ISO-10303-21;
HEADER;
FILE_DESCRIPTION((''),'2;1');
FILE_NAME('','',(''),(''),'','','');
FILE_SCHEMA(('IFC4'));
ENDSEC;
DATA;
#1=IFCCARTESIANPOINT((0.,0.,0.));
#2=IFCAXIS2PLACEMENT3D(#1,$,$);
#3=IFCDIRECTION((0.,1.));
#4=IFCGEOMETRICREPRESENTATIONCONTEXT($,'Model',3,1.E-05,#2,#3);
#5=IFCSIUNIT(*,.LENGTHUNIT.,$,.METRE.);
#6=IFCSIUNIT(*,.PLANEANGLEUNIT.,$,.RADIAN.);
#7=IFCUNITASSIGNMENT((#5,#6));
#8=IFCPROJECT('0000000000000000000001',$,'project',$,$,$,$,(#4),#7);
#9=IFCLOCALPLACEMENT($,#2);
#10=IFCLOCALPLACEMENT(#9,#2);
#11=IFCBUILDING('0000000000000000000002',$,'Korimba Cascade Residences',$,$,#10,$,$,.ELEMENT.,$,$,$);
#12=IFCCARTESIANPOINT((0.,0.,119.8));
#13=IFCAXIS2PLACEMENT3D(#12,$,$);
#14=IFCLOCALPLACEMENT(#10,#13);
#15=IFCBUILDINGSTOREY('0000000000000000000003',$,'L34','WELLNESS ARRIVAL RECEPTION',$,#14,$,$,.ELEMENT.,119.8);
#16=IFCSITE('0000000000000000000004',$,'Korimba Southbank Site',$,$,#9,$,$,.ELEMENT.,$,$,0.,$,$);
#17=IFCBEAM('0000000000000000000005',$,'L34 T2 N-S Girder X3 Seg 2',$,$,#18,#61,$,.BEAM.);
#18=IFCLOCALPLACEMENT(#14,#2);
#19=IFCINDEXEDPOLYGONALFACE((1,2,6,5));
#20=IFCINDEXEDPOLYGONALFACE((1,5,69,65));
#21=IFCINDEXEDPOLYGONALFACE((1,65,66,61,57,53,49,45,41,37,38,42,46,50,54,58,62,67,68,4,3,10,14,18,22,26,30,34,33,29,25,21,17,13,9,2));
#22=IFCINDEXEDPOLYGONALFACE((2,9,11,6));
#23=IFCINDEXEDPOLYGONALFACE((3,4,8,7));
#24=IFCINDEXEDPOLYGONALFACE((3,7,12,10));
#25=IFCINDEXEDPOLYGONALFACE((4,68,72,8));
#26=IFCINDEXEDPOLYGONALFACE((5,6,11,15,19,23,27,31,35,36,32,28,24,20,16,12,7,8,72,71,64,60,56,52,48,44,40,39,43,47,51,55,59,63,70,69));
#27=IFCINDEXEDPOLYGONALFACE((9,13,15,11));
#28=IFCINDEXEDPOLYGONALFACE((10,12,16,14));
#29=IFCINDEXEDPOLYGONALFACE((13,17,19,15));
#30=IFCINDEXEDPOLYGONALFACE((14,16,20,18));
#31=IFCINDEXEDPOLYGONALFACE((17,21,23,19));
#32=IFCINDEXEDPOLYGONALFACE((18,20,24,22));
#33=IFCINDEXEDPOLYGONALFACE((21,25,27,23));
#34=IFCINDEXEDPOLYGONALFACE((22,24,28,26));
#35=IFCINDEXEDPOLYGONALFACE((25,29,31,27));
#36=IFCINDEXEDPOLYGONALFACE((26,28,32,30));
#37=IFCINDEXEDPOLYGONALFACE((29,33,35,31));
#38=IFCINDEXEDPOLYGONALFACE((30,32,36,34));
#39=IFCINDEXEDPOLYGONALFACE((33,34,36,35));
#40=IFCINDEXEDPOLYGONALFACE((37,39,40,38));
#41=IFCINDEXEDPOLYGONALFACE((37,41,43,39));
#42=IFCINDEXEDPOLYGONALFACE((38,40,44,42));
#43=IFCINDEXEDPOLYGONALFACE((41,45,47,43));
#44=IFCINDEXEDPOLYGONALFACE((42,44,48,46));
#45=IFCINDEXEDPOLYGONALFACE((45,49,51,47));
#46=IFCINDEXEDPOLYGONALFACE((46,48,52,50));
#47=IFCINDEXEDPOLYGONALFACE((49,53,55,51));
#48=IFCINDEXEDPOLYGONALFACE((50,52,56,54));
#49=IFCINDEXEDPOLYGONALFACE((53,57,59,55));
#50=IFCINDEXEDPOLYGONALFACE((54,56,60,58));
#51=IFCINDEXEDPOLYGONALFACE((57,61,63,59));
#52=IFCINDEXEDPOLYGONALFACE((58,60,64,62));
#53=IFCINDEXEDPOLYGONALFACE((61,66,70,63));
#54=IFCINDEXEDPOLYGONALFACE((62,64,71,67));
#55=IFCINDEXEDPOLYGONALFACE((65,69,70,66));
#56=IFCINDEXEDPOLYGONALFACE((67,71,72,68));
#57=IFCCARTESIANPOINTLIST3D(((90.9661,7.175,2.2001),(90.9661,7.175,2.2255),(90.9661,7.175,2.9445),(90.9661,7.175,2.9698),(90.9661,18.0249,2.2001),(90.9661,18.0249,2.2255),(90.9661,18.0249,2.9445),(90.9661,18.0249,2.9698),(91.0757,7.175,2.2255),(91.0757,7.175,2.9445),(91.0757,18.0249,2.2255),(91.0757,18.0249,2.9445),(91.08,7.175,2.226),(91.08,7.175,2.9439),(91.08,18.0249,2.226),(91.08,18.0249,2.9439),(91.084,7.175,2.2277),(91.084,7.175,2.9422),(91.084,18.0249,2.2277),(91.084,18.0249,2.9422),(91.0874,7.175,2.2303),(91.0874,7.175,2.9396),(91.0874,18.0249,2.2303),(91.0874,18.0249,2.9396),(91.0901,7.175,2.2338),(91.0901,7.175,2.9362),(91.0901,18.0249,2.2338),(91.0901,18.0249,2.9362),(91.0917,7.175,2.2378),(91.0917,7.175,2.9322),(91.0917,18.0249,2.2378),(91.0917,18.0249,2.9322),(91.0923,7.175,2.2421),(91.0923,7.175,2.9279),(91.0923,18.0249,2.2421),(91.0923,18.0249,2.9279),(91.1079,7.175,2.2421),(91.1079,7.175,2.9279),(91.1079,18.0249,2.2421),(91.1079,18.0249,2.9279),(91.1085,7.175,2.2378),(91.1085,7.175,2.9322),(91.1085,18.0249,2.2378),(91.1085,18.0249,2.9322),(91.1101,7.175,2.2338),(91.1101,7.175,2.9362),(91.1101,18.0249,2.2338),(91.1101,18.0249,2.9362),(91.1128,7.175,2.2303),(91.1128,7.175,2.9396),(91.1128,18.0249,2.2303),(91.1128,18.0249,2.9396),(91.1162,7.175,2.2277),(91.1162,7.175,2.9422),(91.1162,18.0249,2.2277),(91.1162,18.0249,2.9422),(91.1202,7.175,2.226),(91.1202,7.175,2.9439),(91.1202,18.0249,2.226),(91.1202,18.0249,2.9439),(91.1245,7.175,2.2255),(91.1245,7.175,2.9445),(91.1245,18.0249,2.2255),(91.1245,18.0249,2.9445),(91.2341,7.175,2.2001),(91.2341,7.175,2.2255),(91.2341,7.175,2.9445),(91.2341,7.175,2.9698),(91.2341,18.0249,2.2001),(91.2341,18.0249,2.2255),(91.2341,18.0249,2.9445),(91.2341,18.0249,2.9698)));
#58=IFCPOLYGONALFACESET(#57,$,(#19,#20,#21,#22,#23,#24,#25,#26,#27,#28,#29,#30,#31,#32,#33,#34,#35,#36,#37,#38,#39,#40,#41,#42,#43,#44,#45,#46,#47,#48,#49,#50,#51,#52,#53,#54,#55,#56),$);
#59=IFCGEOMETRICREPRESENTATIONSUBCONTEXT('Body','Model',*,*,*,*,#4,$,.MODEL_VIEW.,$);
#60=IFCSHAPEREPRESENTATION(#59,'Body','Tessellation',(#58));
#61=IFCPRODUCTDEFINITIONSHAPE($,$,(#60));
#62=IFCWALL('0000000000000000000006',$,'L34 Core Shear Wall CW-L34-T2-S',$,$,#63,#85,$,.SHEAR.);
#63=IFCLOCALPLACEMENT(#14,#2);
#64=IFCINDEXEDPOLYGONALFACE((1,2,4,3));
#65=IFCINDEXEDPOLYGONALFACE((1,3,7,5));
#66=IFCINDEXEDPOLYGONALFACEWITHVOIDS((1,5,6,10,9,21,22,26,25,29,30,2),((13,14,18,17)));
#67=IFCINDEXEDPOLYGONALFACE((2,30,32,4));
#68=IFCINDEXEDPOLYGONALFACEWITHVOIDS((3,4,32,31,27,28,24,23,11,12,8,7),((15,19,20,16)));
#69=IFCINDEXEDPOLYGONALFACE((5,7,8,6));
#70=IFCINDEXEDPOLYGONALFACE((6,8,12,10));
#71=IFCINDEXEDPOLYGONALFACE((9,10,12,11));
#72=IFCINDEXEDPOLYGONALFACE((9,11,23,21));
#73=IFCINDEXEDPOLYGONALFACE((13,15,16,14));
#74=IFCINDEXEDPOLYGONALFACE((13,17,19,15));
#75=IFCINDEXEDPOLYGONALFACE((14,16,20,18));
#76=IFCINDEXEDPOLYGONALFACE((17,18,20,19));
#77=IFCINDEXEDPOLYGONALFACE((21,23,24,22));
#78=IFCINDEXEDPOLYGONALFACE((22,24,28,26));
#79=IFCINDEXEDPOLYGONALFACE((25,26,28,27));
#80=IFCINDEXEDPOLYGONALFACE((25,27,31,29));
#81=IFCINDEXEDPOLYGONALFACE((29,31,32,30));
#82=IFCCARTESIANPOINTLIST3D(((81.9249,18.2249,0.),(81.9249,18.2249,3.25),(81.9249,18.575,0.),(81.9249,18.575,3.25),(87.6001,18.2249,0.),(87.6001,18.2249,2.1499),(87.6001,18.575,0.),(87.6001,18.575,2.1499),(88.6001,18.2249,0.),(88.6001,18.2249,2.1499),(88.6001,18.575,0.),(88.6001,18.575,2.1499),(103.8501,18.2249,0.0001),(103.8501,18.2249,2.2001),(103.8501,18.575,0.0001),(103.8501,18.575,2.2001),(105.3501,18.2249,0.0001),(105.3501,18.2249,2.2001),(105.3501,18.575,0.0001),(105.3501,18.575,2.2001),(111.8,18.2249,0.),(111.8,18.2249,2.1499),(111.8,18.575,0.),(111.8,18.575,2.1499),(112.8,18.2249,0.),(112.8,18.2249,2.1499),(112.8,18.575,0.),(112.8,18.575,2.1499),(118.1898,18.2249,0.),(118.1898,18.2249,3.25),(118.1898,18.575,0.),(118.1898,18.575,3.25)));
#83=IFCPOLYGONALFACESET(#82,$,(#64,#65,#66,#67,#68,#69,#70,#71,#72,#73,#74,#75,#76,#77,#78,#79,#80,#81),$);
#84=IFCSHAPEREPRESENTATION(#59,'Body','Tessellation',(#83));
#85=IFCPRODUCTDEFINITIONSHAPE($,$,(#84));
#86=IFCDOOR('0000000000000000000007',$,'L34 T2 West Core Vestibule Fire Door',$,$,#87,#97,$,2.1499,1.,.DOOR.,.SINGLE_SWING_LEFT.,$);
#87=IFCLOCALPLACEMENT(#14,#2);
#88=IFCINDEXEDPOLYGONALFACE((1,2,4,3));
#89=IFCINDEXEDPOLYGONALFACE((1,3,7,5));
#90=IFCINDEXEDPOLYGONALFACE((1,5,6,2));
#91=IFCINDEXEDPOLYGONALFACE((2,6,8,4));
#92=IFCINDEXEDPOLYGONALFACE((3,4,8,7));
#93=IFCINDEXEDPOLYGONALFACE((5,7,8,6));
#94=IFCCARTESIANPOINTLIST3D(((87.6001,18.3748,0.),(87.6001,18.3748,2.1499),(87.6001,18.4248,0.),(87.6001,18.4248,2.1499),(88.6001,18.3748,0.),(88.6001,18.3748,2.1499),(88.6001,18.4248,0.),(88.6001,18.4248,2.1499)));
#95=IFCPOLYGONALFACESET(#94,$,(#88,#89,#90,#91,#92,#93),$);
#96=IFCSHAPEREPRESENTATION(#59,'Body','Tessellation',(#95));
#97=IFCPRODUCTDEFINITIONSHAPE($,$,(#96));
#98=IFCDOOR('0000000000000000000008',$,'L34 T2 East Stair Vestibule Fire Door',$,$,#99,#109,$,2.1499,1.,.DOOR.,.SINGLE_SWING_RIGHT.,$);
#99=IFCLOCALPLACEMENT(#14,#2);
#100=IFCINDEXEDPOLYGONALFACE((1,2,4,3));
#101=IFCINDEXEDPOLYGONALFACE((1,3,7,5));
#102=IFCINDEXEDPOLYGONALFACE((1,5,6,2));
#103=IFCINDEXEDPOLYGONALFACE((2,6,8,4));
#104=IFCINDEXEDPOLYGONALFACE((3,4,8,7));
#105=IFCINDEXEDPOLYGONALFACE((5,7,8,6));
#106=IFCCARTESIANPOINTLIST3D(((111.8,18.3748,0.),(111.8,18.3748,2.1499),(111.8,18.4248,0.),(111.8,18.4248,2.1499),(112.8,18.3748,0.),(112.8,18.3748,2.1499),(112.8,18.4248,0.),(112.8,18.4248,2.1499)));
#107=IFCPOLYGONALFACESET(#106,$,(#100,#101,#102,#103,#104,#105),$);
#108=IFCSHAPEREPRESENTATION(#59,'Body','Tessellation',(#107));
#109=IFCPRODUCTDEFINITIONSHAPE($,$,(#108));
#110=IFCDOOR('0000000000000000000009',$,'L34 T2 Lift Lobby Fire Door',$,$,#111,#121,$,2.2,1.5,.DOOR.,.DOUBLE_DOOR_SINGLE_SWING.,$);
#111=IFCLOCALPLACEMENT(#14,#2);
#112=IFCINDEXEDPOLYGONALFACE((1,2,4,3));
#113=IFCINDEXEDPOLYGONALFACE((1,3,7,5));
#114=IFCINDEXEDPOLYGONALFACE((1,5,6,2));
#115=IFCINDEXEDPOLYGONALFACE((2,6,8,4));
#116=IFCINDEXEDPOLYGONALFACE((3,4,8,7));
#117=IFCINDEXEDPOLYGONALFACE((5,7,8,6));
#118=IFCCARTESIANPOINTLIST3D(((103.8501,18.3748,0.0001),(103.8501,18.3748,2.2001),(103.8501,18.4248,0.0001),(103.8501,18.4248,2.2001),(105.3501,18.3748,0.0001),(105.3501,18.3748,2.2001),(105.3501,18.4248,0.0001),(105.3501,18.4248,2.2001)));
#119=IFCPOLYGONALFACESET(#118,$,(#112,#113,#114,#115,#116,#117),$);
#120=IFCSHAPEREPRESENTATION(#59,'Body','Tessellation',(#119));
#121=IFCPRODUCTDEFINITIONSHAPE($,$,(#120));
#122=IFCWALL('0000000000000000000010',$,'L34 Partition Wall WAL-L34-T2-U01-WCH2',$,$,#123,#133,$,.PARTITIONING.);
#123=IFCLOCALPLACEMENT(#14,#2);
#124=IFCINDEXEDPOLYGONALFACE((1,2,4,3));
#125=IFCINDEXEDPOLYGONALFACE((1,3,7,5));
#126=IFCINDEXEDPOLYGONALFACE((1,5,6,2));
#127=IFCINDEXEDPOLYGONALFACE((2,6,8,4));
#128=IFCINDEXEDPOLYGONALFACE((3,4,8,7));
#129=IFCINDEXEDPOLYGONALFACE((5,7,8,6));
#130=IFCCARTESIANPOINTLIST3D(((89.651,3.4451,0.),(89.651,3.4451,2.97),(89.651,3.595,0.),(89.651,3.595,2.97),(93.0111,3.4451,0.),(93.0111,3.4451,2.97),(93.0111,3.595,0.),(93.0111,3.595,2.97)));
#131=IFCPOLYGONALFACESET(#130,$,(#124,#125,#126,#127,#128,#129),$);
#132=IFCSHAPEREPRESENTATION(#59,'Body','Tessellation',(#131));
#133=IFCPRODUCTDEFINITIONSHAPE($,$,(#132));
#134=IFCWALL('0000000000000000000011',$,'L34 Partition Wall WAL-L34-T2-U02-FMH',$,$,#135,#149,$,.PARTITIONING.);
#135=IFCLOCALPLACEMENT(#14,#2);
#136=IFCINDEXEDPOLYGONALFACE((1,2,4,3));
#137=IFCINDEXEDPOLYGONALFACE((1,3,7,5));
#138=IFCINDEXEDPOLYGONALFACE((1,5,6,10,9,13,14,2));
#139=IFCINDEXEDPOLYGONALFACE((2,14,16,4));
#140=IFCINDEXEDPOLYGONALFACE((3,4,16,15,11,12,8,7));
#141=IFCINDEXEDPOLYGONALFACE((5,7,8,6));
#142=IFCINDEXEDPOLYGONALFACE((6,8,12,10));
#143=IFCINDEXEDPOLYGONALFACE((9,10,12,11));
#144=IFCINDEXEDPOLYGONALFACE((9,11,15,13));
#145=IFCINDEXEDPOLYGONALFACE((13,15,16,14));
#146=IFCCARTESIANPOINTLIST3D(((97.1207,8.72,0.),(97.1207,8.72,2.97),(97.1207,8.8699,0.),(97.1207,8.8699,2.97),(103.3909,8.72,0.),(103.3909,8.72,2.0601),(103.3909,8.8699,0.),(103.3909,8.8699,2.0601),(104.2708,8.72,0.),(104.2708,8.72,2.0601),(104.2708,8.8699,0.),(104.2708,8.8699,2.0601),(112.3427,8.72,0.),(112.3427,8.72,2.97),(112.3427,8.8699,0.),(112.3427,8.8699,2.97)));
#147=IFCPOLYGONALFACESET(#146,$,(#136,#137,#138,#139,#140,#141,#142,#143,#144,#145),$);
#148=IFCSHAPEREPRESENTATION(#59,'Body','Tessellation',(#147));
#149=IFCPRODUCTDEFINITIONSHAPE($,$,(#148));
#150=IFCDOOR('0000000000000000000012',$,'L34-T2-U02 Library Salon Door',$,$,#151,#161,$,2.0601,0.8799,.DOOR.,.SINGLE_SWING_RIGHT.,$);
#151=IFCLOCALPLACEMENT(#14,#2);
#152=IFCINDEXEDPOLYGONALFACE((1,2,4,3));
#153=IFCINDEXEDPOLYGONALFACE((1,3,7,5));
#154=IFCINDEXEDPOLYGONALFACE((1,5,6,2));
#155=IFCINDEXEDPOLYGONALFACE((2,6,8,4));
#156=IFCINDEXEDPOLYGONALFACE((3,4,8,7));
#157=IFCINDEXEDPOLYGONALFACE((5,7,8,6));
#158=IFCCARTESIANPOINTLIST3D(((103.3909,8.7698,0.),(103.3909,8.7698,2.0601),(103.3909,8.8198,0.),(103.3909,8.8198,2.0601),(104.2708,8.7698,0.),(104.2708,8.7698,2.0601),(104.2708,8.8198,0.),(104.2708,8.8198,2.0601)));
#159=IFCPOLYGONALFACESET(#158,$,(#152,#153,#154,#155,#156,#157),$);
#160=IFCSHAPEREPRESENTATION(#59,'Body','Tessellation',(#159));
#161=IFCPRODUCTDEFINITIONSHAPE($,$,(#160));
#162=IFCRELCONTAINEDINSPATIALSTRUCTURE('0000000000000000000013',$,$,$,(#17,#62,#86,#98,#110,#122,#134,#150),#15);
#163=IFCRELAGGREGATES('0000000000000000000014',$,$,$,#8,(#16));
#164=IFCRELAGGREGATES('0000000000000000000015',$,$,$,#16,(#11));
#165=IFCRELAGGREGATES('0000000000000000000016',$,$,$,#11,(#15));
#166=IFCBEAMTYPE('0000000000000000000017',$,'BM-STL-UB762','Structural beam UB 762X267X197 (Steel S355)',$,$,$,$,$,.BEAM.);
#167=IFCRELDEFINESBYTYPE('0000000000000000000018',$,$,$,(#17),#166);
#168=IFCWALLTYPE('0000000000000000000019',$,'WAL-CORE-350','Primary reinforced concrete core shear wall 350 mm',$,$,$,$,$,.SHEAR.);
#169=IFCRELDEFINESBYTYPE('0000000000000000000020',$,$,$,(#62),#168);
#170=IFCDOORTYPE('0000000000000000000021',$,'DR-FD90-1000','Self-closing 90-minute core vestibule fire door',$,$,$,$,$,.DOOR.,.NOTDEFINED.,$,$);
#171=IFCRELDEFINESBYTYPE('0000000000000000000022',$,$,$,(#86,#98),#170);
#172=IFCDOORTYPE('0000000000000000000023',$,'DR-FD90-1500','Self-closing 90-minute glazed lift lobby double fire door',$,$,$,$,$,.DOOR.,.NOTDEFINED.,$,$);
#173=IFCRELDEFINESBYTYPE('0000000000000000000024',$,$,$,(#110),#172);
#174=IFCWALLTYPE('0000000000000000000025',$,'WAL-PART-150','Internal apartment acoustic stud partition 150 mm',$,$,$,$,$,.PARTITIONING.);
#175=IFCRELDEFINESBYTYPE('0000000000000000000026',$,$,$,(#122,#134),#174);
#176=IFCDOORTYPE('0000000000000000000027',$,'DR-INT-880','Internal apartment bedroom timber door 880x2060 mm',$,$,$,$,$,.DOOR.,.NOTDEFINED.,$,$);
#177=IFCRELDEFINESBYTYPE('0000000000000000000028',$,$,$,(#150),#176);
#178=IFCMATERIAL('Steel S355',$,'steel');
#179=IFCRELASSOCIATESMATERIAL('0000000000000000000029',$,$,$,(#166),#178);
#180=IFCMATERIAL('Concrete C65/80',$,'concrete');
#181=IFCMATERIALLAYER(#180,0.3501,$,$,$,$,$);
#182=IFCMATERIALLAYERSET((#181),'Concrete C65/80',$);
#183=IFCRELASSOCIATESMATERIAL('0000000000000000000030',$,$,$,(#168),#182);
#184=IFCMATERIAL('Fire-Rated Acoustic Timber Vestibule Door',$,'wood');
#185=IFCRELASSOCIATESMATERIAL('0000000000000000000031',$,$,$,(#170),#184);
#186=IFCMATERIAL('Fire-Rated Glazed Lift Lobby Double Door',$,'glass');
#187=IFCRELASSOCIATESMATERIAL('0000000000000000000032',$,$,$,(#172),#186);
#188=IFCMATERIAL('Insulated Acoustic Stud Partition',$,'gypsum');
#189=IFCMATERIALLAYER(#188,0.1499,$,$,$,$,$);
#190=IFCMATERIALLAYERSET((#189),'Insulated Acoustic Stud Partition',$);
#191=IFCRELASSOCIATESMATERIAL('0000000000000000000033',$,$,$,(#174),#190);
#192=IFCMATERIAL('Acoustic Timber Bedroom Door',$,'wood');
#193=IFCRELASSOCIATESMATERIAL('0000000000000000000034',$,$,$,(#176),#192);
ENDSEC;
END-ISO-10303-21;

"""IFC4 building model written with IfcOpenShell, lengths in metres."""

from ifc_helpers import new_model, si_unit, direction, frame, frame_2d, origin, origin_2d, place, context, subcontext, project, spatial, rectangle, i_section, extrude, material, layer, layer_set, material_profile, profile_set, type_object, element, fill, save


model = new_model("IFC4")

# Units and contexts
model_context = context("Model", 3, precision=1e-05, world=origin(), true_north=direction((0.0, 1.0)))
body_context = subcontext(model_context, "Body", "Model", "MODEL_VIEW")
ifc_project = project(units=[si_unit("LENGTHUNIT", "METRE"), si_unit("PLANEANGLEUNIT", "RADIAN")], contexts=[model_context])

# Site, building, storey
site_placement = place(None, origin())
site = spatial("IfcSite", under=ifc_project, at=site_placement, Name="Korimba Southbank Site", CompositionType="ELEMENT", RefElevation=0.0)
building_placement = place(site_placement, origin())
building = spatial("IfcBuilding", under=site, at=building_placement, Name="Korimba Cascade Residences", CompositionType="ELEMENT")
storey_placement = place(building_placement, frame((0.0, 0.0, 119.8)))
storey = spatial("IfcBuildingStorey", under=building, at=storey_placement, Name="L34", Description="WELLNESS ARRIVAL RECEPTION", CompositionType="ELEMENT", Elevation=119.8)

# Shared definitions
ifc_material_1 = material(Name="Concrete C65/80", Category="concrete")

# Beam
ifc_material_2 = material(Name="Steel S355", Category="steel")
ifc_material_profile_1 = material_profile(ifc_material_2, i_section(OverallWidth=0.2681, OverallDepth=0.7698, WebThickness=0.0156, FlangeThickness=0.0254, FilletRadius=0.0166, at=origin_2d()), Name="Steel S355")
ifc_profile_set_1 = profile_set([ifc_material_profile_1], Name="Steel S355")
beam_type_1 = type_object("IfcBeamType", Name="BM-STL-UB762", Description="Structural beam UB 762X267X197 (Steel S355)", PredefinedType="BEAM", material=ifc_profile_set_1)
for number, where, z_axis, x_axis, name in (
    (1, (91.1001, 7.175, 2.585), (0.0, 1.0, 0.0), (-1.0, 0.0, 0.0), "L34 T2 N-S Girder X3 Seg 2"),
):
    element("IfcBeam", number, at=place(storey_placement, frame(where, z_axis=z_axis, x_axis=x_axis)), inside=storey, type_object=beam_type_1, Name=name, PredefinedType="BEAM", context=body_context, shape_type="SweptSolid", body=[
        extrude(i_section(OverallWidth=0.2681, OverallDepth=0.7698, WebThickness=0.0156, FlangeThickness=0.0254, FilletRadius=0.0166, at=origin_2d()), origin(), (0.0, 0.0, 1.0), 10.8499),
    ])

# Wall, openings, doors
ifc_layer_1 = layer(ifc_material_1, 0.3501)
ifc_layer_set_1 = layer_set([ifc_layer_1], Name="Concrete C65/80")
wall_type_1 = type_object("IfcWallType", Name="WAL-CORE-350", Description="Primary reinforced concrete core shear wall 350 mm", PredefinedType="SHEAR", material=ifc_layer_set_1)
wall_1_placement = place(storey_placement, frame((81.925, 18.3999, 0.0), z_axis=(0.0, 0.0, 1.0), x_axis=(1.0, 0.0, 0.0)))
wall_1 = element("IfcWall", 2, at=wall_1_placement, inside=storey, type_object=wall_type_1, Name="L34 Core Shear Wall CW-L34-T2-S", PredefinedType="SHEAR", context=body_context, shape_type="SweptSolid", body=[
    extrude(rectangle(XDim=36.2649, YDim=0.3501, at=frame_2d((18.1323, 0.0))), origin(), (0.0, 0.0, 1.0), 3.25),
])
opening_1_placement = place(wall_1_placement, frame((5.675, 0.0, 0.0)))
opening_1 = element("IfcOpeningElement", 3, at=opening_1_placement, cuts=wall_1, PredefinedType="OPENING", context=body_context, shape_type="SweptSolid", body=[
    extrude(rectangle(XDim=1.0, YDim=2.1499, at=frame_2d((0.5, 1.075))), frame((0.0, 0.1851, 0.0), z_axis=(0.0, -1.0, 0.0), x_axis=(1.0, 0.0, 0.0)), (0.0, 0.0, 1.0), 0.3701),
])
opening_2_placement = place(wall_1_placement, frame((21.925, 0.0, 0.0)))
opening_2 = element("IfcOpeningElement", 4, at=opening_2_placement, cuts=wall_1, PredefinedType="OPENING", context=body_context, shape_type="SweptSolid", body=[
    extrude(rectangle(XDim=1.5, YDim=2.2, at=frame_2d((0.75, 1.1001))), frame((0.0, 0.1851, 0.0), z_axis=(0.0, -1.0, 0.0), x_axis=(1.0, 0.0, 0.0)), (0.0, 0.0, 1.0), 0.3701),
])
opening_3_placement = place(wall_1_placement, frame((29.875, 0.0, 0.0)))
opening_3 = element("IfcOpeningElement", 5, at=opening_3_placement, cuts=wall_1, PredefinedType="OPENING", context=body_context, shape_type="SweptSolid", body=[
    extrude(rectangle(XDim=1.0, YDim=2.1499, at=frame_2d((0.5, 1.075))), frame((0.0, 0.1851, 0.0), z_axis=(0.0, -1.0, 0.0), x_axis=(1.0, 0.0, 0.0)), (0.0, 0.0, 1.0), 0.3701),
])
ifc_material_3 = material(Name="Fire-Rated Acoustic Timber Vestibule Door", Category="wood")
door_type_1 = type_object("IfcDoorType", Name="DR-FD90-1000", Description="Self-closing 90-minute core vestibule fire door", OperationType="NOTDEFINED", PredefinedType="DOOR", material=ifc_material_3)
door_1_placement = place(opening_1_placement, origin())
door_1 = element("IfcDoor", 6, at=door_1_placement, inside=storey, type_object=door_type_1, Name="L34 T2 West Core Vestibule Fire Door", OperationType="SINGLE_SWING_LEFT", OverallHeight=2.1499, OverallWidth=1.0, PredefinedType="DOOR", context=body_context, shape_type="SweptSolid", body=[
    extrude(rectangle(XDim=1.0, YDim=2.1499, at=frame_2d((0.5, 1.075))), frame((0.0, 0.0249, 0.0), z_axis=(0.0, -1.0, 0.0), x_axis=(1.0, 0.0, 0.0)), (0.0, 0.0, 1.0), 0.05),
])
fill(opening_1, door_1)
door_2_placement = place(opening_3_placement, origin())
door_2 = element("IfcDoor", 7, at=door_2_placement, inside=storey, type_object=door_type_1, Name="L34 T2 East Stair Vestibule Fire Door", OperationType="SINGLE_SWING_RIGHT", OverallHeight=2.1499, OverallWidth=1.0, PredefinedType="DOOR", context=body_context, shape_type="SweptSolid", body=[
    extrude(rectangle(XDim=1.0, YDim=2.1499, at=frame_2d((0.5, 1.075))), frame((0.0, 0.0249, 0.0), z_axis=(0.0, -1.0, 0.0), x_axis=(1.0, 0.0, 0.0)), (0.0, 0.0, 1.0), 0.05),
])
fill(opening_3, door_2)
ifc_material_4 = material(Name="Fire-Rated Glazed Lift Lobby Double Door", Category="glass")
door_type_2 = type_object("IfcDoorType", Name="DR-FD90-1500", Description="Self-closing 90-minute glazed lift lobby double fire door", OperationType="NOTDEFINED", PredefinedType="DOOR", material=ifc_material_4)
door_3_placement = place(opening_2_placement, origin())
door_3 = element("IfcDoor", 8, at=door_3_placement, inside=storey, type_object=door_type_2, Name="L34 T2 Lift Lobby Fire Door", OperationType="DOUBLE_DOOR_SINGLE_SWING", OverallHeight=2.2, OverallWidth=1.5, PredefinedType="DOOR", context=body_context, shape_type="SweptSolid", body=[
    extrude(rectangle(XDim=1.5, YDim=2.2, at=frame_2d((0.75, 1.1001))), frame((0.0, 0.0249, 0.0), z_axis=(0.0, -1.0, 0.0), x_axis=(1.0, 0.0, 0.0)), (0.0, 0.0, 1.0), 0.05),
])
fill(opening_2, door_3)

# Wall
ifc_material_5 = material(Name="Insulated Acoustic Stud Partition", Category="gypsum")
ifc_layer_2 = layer(ifc_material_5, 0.1499)
ifc_layer_set_2 = layer_set([ifc_layer_2], Name="Insulated Acoustic Stud Partition")
wall_type_2 = type_object("IfcWallType", Name="WAL-PART-150", Description="Internal apartment acoustic stud partition 150 mm", PredefinedType="PARTITIONING", material=ifc_layer_set_2)
wall_2_placement = place(storey_placement, frame((89.6509, 3.52, 0.0), z_axis=(0.0, 0.0, 1.0), x_axis=(1.0, 0.0, 0.0)))
element("IfcWall", 9, at=wall_2_placement, inside=storey, type_object=wall_type_2, Name="L34 Partition Wall WAL-L34-T2-U01-WCH2", PredefinedType="PARTITIONING", context=body_context, shape_type="SweptSolid", body=[
    extrude(rectangle(XDim=3.3601, YDim=0.1499, at=frame_2d((1.6802, 0.0))), origin(), (0.0, 0.0, 1.0), 2.97),
])

# Wall, opening, door
wall_3_placement = place(storey_placement, frame((97.1208, 8.7949, 0.0), z_axis=(0.0, 0.0, 1.0), x_axis=(1.0, 0.0, 0.0)))
wall_3 = element("IfcWall", 10, at=wall_3_placement, inside=storey, type_object=wall_type_2, Name="L34 Partition Wall WAL-L34-T2-U02-FMH", PredefinedType="PARTITIONING", context=body_context, shape_type="SweptSolid", body=[
    extrude(rectangle(XDim=15.2219, YDim=0.1499, at=frame_2d((7.6108, 0.0))), origin(), (0.0, 0.0, 1.0), 2.97),
])
opening_4_placement = place(wall_3_placement, frame((6.27, 0.0, 0.0)))
opening_4 = element("IfcOpeningElement", 11, at=opening_4_placement, cuts=wall_3, PredefinedType="OPENING", context=body_context, shape_type="SweptSolid", body=[
    extrude(rectangle(XDim=0.8799, YDim=2.0601, at=frame_2d((0.4399, 1.03))), frame((0.0, 0.085, 0.0), z_axis=(0.0, -1.0, 0.0), x_axis=(1.0, 0.0, 0.0)), (0.0, 0.0, 1.0), 0.1699),
])
ifc_material_6 = material(Name="Acoustic Timber Bedroom Door", Category="wood")
door_type_3 = type_object("IfcDoorType", Name="DR-INT-880", Description="Internal apartment bedroom timber door 880x2060 mm", OperationType="NOTDEFINED", PredefinedType="DOOR", material=ifc_material_6)
door_4_placement = place(opening_4_placement, origin())
door_4 = element("IfcDoor", 12, at=door_4_placement, inside=storey, type_object=door_type_3, Name="L34-T2-U02 Library Salon Door", OperationType="SINGLE_SWING_RIGHT", OverallHeight=2.0601, OverallWidth=0.8799, PredefinedType="DOOR", context=body_context, shape_type="SweptSolid", body=[
    extrude(rectangle(XDim=0.8799, YDim=2.0601, at=frame_2d((0.4399, 1.03))), frame((0.0, 0.0249, 0.0), z_axis=(0.0, -1.0, 0.0), x_axis=(1.0, 0.0, 0.0)), (0.0, 0.0, 1.0), 0.05),
])
fill(opening_4, door_4)

save(model, "model.ifc")
